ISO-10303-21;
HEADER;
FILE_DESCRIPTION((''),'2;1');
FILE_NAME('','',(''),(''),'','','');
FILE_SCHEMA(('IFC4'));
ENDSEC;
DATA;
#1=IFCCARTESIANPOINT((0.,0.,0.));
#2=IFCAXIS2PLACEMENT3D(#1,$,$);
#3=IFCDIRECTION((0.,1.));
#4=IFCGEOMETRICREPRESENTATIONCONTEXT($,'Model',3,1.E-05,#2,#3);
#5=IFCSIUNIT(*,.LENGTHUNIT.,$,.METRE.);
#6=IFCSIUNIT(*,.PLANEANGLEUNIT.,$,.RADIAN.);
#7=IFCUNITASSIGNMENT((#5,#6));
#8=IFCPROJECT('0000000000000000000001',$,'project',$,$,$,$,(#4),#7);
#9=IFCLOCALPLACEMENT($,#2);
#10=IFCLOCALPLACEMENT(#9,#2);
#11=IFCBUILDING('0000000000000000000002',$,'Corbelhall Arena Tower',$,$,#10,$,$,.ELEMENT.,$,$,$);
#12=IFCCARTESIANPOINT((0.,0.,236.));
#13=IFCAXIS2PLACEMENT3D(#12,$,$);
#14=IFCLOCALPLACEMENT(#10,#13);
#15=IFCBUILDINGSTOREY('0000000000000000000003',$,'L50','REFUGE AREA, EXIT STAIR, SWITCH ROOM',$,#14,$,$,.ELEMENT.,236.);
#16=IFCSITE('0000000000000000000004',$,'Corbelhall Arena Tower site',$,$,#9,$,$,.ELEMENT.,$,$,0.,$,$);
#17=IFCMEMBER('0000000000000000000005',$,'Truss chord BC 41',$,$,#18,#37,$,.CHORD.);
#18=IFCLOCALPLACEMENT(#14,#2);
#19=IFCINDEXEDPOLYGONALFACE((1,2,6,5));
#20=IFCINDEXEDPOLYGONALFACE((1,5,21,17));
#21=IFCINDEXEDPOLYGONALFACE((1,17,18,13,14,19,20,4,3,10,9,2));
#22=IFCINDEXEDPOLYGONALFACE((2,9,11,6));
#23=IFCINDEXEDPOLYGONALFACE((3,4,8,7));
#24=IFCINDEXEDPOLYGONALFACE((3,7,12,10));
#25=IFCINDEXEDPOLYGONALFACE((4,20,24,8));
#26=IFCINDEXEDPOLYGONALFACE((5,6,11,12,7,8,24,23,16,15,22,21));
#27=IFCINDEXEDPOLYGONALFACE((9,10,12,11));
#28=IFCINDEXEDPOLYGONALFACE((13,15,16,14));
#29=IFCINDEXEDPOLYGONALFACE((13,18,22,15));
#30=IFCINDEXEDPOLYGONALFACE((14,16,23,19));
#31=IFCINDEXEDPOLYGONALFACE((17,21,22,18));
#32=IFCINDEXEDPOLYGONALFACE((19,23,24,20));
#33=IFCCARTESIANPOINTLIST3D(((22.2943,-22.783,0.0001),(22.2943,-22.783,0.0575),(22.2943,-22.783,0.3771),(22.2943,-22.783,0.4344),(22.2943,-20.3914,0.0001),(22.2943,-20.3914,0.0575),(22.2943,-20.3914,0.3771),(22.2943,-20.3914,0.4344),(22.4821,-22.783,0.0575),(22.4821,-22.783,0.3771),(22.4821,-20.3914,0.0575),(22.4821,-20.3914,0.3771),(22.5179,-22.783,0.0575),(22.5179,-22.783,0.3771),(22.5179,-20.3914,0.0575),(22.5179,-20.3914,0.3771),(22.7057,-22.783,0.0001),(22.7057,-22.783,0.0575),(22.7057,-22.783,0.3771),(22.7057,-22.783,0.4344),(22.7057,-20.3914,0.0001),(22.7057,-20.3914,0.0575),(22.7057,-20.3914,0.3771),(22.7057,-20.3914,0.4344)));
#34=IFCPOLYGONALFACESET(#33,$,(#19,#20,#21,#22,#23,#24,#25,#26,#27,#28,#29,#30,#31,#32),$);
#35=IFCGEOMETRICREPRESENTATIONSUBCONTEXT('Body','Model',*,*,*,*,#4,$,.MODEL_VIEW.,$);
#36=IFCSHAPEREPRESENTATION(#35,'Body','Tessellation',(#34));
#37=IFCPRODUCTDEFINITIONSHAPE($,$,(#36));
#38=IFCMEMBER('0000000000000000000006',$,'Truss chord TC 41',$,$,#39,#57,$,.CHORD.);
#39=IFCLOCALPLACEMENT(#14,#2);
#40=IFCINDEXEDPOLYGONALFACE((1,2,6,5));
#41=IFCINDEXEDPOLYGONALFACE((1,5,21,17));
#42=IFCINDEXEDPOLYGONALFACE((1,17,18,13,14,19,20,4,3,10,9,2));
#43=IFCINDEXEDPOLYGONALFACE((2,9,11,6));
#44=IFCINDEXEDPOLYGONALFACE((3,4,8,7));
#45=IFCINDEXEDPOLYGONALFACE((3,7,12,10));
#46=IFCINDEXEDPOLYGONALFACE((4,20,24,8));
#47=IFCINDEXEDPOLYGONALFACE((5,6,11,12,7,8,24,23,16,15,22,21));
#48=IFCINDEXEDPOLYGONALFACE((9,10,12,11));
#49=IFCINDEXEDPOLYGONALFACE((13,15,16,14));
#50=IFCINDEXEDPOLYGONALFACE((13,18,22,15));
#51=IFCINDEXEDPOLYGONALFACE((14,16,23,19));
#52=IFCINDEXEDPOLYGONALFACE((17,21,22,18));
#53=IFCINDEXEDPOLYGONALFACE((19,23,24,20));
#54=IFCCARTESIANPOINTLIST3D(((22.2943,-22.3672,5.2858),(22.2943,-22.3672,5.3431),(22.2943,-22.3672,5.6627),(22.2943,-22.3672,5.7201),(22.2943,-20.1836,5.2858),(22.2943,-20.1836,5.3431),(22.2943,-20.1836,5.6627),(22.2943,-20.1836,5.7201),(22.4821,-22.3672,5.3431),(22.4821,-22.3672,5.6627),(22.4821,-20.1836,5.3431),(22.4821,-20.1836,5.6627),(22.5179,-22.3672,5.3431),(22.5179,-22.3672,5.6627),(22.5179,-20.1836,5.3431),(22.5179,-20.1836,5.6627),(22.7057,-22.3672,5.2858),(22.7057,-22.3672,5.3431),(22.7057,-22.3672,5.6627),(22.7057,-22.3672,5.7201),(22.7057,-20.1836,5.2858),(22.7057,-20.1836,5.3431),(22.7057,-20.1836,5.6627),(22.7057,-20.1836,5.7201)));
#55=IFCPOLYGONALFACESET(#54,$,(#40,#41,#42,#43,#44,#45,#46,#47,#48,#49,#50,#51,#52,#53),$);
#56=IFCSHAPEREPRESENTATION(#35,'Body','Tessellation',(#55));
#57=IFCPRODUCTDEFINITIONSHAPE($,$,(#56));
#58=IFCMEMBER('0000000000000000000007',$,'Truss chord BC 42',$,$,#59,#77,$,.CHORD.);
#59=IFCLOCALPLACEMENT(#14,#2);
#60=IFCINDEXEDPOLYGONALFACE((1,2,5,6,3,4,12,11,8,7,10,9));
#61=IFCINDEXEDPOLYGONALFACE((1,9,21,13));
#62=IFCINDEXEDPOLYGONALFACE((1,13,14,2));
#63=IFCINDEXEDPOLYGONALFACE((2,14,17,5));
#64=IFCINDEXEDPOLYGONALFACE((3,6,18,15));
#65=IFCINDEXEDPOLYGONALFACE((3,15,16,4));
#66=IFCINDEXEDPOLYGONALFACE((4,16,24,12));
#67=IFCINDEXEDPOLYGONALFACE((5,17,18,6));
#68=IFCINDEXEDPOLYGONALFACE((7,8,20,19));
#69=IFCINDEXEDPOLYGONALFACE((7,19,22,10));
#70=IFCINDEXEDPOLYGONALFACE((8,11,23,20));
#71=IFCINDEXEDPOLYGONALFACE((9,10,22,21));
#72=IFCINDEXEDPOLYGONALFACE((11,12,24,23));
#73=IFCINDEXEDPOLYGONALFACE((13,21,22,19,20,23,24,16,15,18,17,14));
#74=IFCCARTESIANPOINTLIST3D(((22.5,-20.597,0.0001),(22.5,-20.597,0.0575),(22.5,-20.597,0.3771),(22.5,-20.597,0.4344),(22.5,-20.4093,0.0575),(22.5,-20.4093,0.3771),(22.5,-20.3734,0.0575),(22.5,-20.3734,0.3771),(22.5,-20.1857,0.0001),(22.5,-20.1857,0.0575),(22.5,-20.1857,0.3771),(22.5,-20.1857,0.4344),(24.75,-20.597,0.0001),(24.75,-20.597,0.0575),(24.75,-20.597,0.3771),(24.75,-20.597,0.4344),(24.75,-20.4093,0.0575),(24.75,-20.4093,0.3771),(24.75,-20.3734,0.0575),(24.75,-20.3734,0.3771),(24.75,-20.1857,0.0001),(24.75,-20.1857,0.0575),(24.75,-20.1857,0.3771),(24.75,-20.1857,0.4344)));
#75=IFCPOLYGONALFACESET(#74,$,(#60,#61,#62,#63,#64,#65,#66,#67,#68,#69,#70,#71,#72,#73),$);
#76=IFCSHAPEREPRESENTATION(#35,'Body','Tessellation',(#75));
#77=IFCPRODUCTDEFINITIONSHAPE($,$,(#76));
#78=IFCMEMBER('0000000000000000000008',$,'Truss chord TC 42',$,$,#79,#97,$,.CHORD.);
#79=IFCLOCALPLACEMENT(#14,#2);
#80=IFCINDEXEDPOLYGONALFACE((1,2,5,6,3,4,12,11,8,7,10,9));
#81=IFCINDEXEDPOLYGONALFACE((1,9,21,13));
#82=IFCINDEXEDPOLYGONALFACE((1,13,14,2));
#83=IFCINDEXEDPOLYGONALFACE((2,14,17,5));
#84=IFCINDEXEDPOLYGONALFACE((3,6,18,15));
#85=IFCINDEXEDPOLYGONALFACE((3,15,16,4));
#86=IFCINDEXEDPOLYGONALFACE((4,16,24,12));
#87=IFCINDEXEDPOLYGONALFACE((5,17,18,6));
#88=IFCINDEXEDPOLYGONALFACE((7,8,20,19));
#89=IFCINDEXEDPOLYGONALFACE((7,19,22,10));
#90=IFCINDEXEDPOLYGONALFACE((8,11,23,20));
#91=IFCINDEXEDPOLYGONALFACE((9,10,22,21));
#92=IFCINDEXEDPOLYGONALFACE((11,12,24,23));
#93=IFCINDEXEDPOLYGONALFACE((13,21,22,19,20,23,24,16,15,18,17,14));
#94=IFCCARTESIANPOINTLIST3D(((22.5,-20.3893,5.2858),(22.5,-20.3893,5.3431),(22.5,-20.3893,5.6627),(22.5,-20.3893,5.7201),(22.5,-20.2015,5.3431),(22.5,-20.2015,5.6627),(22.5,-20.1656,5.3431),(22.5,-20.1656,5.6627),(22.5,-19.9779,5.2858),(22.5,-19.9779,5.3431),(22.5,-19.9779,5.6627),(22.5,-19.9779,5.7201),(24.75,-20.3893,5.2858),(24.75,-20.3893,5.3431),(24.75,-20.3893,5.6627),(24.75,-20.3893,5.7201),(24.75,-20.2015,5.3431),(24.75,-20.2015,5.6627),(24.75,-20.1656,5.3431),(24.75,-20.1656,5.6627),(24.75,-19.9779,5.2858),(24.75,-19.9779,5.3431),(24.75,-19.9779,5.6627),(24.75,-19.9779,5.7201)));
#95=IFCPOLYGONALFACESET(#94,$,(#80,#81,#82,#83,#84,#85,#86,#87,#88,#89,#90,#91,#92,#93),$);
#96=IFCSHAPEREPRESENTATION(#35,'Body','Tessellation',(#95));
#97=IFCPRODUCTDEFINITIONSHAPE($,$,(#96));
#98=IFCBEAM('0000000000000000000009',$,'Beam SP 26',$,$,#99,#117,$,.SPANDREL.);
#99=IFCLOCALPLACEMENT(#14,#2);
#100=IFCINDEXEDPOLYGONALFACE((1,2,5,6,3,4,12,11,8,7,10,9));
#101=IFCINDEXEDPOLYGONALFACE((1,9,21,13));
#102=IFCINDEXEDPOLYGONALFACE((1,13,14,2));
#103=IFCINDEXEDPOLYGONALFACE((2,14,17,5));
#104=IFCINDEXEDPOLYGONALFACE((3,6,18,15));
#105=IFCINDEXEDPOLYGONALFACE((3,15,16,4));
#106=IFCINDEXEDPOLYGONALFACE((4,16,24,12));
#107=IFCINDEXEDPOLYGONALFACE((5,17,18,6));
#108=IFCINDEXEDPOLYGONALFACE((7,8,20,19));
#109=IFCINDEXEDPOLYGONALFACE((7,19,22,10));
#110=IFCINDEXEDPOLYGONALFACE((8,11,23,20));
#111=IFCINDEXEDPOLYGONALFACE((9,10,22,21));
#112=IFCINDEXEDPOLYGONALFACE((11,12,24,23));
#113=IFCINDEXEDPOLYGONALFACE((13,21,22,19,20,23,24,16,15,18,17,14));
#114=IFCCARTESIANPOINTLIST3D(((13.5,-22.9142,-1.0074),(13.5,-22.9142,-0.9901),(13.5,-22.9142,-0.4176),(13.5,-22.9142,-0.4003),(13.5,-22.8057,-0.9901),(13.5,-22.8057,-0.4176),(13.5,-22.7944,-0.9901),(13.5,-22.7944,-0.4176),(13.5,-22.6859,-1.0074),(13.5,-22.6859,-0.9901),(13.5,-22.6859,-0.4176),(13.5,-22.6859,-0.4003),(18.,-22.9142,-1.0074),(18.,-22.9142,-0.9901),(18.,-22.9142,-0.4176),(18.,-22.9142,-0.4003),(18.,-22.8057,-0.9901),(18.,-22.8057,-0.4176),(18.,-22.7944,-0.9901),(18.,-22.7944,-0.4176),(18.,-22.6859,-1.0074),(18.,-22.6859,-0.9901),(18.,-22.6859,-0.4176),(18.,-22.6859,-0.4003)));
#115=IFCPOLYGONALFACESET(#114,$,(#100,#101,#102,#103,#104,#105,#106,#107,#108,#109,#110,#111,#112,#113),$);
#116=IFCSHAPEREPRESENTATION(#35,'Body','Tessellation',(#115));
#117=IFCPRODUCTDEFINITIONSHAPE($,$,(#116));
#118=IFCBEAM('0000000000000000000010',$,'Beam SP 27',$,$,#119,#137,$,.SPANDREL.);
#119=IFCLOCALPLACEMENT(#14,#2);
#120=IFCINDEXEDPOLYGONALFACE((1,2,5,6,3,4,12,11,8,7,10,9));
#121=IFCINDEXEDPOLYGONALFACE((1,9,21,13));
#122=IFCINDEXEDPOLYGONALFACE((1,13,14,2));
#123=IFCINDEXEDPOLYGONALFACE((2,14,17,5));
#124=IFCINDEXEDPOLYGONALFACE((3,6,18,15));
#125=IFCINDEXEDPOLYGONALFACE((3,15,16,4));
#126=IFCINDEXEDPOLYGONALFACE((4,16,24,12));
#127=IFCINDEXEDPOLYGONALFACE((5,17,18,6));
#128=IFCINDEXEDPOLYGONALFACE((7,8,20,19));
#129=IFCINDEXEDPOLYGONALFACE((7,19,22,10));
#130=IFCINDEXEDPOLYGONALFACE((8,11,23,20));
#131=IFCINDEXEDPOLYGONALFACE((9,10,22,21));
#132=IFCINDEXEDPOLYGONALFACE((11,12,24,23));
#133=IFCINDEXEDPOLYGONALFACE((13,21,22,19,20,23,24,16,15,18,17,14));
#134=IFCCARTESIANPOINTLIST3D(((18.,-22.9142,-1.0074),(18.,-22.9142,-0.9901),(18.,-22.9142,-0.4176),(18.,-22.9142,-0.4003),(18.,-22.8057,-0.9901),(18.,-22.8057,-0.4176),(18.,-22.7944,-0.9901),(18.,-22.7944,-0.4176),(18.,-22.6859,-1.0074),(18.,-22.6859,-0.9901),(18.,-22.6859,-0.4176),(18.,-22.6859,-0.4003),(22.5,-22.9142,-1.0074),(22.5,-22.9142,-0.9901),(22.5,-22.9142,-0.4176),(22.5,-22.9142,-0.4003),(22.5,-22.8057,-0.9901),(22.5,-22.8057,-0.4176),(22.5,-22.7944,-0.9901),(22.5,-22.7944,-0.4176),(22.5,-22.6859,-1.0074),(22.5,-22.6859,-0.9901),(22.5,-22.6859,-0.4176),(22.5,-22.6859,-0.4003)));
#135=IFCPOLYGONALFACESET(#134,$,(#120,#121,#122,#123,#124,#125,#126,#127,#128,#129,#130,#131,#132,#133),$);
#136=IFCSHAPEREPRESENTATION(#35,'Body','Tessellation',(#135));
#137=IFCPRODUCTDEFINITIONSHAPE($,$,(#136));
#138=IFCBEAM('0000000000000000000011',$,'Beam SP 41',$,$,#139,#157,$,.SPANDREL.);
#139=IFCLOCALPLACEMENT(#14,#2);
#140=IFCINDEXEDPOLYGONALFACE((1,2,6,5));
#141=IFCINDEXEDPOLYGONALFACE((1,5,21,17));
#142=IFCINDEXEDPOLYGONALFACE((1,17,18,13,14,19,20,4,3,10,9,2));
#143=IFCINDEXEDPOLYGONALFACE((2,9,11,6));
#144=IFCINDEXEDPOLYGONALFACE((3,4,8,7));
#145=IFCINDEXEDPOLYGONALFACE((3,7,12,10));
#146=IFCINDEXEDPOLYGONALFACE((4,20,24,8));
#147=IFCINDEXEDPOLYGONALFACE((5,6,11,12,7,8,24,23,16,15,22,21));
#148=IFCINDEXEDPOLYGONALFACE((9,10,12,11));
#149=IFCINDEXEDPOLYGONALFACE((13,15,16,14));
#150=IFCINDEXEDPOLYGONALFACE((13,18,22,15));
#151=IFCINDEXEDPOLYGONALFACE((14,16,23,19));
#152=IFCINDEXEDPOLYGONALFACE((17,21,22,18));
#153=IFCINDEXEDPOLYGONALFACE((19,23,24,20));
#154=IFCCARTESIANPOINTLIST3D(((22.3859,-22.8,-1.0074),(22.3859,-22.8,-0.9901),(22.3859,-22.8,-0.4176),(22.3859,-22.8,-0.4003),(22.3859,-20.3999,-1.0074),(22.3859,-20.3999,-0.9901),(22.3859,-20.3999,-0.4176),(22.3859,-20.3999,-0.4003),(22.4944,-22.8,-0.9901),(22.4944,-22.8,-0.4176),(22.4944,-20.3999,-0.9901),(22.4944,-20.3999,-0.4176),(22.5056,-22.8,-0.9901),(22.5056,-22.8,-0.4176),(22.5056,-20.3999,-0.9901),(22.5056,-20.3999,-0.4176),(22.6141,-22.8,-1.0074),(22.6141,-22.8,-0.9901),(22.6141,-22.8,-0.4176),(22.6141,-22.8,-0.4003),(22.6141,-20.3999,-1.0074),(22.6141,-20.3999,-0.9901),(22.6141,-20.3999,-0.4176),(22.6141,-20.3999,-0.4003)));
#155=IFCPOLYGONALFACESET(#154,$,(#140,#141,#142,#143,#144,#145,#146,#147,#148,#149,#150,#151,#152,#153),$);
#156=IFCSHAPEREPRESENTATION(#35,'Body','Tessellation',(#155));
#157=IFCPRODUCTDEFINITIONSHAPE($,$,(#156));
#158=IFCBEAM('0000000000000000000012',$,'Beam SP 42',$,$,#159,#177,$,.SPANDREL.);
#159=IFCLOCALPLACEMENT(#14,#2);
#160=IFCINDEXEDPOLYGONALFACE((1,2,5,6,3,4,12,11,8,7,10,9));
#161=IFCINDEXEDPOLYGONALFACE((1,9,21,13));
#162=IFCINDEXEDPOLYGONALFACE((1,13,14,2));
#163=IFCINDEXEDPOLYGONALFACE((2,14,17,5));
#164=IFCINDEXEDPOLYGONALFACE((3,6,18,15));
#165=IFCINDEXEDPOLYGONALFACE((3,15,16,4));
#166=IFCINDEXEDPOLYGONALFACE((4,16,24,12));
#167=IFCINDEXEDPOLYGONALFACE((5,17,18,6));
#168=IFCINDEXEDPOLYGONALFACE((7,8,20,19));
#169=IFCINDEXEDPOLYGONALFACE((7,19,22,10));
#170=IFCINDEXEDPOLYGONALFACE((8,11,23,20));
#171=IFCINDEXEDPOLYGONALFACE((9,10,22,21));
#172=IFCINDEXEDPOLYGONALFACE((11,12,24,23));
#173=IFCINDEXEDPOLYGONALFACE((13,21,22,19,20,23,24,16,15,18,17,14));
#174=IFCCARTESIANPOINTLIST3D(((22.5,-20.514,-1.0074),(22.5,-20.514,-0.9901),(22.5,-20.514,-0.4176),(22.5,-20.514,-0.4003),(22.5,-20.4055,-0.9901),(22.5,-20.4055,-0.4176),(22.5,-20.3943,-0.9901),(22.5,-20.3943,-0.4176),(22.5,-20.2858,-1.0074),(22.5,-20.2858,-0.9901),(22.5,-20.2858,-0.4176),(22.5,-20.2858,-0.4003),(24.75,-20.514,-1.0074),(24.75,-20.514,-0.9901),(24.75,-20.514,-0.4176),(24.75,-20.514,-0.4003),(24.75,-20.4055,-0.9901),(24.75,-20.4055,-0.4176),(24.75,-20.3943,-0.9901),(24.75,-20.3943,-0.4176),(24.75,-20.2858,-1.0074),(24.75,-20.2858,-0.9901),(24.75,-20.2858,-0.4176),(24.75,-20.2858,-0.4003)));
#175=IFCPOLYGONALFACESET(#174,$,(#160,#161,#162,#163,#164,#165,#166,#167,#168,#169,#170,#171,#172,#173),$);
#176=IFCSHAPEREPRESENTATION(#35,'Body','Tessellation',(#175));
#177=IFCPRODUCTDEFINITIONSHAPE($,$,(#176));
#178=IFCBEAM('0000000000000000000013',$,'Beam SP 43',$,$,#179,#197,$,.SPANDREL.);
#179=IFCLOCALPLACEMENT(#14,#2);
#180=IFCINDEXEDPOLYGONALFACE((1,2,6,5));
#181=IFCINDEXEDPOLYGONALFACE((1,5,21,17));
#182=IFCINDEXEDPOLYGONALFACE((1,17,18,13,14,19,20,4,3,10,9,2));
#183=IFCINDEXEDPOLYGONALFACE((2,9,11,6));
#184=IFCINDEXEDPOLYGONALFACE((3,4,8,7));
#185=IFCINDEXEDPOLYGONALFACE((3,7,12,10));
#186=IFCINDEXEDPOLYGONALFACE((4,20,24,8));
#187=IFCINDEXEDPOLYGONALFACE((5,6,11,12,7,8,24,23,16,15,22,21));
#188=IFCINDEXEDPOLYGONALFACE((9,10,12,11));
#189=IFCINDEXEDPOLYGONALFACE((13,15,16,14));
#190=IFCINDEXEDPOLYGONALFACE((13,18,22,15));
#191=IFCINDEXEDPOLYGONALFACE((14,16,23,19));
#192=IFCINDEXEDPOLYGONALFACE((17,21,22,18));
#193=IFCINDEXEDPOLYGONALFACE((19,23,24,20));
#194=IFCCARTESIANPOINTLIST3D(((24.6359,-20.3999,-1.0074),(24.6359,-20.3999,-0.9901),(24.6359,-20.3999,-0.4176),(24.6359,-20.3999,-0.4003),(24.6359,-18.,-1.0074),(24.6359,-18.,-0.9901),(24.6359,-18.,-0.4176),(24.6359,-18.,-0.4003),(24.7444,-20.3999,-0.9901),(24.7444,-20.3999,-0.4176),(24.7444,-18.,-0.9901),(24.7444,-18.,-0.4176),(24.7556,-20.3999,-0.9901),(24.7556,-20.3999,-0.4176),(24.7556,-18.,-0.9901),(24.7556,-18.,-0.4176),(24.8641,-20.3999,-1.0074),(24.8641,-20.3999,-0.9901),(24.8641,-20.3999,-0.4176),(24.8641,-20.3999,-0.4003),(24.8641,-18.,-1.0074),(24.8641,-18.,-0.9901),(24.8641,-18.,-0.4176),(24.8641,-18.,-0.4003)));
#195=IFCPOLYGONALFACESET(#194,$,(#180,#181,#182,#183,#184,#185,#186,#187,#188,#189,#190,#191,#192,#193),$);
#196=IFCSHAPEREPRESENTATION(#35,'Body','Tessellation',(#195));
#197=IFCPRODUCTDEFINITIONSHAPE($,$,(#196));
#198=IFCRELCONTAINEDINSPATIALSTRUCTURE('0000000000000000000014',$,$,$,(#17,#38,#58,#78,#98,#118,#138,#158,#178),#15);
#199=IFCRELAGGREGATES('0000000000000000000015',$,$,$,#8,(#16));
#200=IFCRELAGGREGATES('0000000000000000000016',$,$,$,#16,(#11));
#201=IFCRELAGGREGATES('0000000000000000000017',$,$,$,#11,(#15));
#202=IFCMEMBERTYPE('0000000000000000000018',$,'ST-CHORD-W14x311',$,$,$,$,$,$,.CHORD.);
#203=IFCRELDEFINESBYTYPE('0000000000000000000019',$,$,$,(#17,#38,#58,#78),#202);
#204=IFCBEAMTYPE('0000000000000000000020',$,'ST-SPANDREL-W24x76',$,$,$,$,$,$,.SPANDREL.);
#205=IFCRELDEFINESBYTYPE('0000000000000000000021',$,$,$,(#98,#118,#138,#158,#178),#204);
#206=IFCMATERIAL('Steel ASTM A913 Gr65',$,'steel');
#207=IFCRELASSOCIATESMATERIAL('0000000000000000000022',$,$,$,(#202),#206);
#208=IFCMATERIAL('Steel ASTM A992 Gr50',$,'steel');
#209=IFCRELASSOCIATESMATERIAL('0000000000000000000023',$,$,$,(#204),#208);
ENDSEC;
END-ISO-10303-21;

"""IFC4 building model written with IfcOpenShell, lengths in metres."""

from ifc_helpers import new_model, si_unit, direction, frame, origin, origin_2d, place, context, subcontext, project, spatial, i_section, extrude, material, material_profile, profile_set, type_object, element, save


model = new_model("IFC4")

# Units and contexts
model_context = context("Model", 3, precision=1e-05, world=origin(), true_north=direction((0.0, 1.0)))
body_context = subcontext(model_context, "Body", "Model", "MODEL_VIEW")
ifc_project = project(units=[si_unit("LENGTHUNIT", "METRE"), si_unit("PLANEANGLEUNIT", "RADIAN")], contexts=[model_context])

# Site, building, storey
site_placement = place(None, origin())
site = spatial("IfcSite", under=ifc_project, at=site_placement, Name="Corbelhall Arena Tower site", CompositionType="ELEMENT", RefElevation=0.0)
building_placement = place(site_placement, origin())
building = spatial("IfcBuilding", under=site, at=building_placement, Name="Corbelhall Arena Tower", CompositionType="ELEMENT")
storey_placement = place(building_placement, frame((0.0, 0.0, 236.0)))
storey = spatial("IfcBuildingStorey", under=building, at=storey_placement, Name="L50", Description="REFUGE AREA, EXIT STAIR, SWITCH ROOM", CompositionType="ELEMENT", Elevation=236.0)

# Members
ifc_material_1 = material(Name="Steel ASTM A913 Gr65", Category="steel")
ifc_material_profile_1 = material_profile(ifc_material_1, i_section(OverallWidth=0.4114, OverallDepth=0.4343, WebThickness=0.0359, FlangeThickness=0.0574, at=origin_2d()))
ifc_profile_set_1 = profile_set([ifc_material_profile_1], Name="Steel ASTM A913 Gr65")
member_type_1 = type_object("IfcMemberType", Name="ST-CHORD-W14x311", PredefinedType="CHORD", material=ifc_profile_set_1)
member_1_placement = place(storey_placement, frame((22.5, -20.3914, 0.2173), z_axis=(0.0, -1.0, 0.0), x_axis=(1.0, 0.0, 0.0)))
element("IfcMember", 1, at=member_1_placement, inside=storey, type_object=member_type_1, Name="Truss chord BC 41", PredefinedType="CHORD", context=body_context, shape_type="SweptSolid", body=[
    extrude(i_section(OverallWidth=0.4114, OverallDepth=0.4343, WebThickness=0.0359, FlangeThickness=0.0574, at=origin_2d()), origin(), (0.0, 0.0, 1.0), 2.3916),
])
member_2_placement = place(storey_placement, frame((22.5, -20.1836, 5.5029), z_axis=(0.0, -1.0, 0.0), x_axis=(1.0, 0.0, 0.0)))
element("IfcMember", 2, at=member_2_placement, inside=storey, type_object=member_type_1, Name="Truss chord TC 41", PredefinedType="CHORD", context=body_context, shape_type="SweptSolid", body=[
    extrude(i_section(OverallWidth=0.4114, OverallDepth=0.4343, WebThickness=0.0359, FlangeThickness=0.0574, at=origin_2d()), origin(), (0.0, 0.0, 1.0), 2.1836),
])
for number, where, z_axis, x_axis, name in (
    (3, (24.75, -20.3914, 0.2173), (-1.0, 0.0, 0.0), (0.0, -1.0, 0.0), "Truss chord BC 42"),
    (4, (24.75, -20.1836, 5.5029), (-1.0, 0.0, 0.0), (0.0, -1.0, 0.0), "Truss chord TC 42"),
):
    element("IfcMember", number, at=place(storey_placement, frame(where, z_axis=z_axis, x_axis=x_axis)), inside=storey, type_object=member_type_1, Name=name, PredefinedType="CHORD", context=body_context, shape_type="SweptSolid", body=[
        extrude(i_section(OverallWidth=0.4114, OverallDepth=0.4343, WebThickness=0.0359, FlangeThickness=0.0574, at=origin_2d()), origin(), (0.0, 0.0, 1.0), 2.25),
    ])

# Beams
ifc_material_2 = material(Name="Steel ASTM A992 Gr50", Category="steel")
ifc_material_profile_2 = material_profile(ifc_material_2, i_section(OverallWidth=0.2283, OverallDepth=0.6072, WebThickness=0.0112, FlangeThickness=0.0173, at=origin_2d()))
ifc_profile_set_2 = profile_set([ifc_material_profile_2], Name="Steel ASTM A992 Gr50")
beam_type = type_object("IfcBeamType", Name="ST-SPANDREL-W24x76", PredefinedType="SPANDREL", material=ifc_profile_set_2)
for number, where, z_axis, x_axis, name in (
    (5, (18.0, -22.8, -0.7039), (-1.0, 0.0, 0.0), (0.0, -1.0, 0.0), "Beam SP 26"),
    (6, (22.5, -22.8, -0.7039), (-1.0, 0.0, 0.0), (0.0, -1.0, 0.0), "Beam SP 27"),
):
    element("IfcBeam", number, at=place(storey_placement, frame(where, z_axis=z_axis, x_axis=x_axis)), inside=storey, type_object=beam_type, Name=name, PredefinedType="SPANDREL", context=body_context, shape_type="SweptSolid", body=[
        extrude(i_section(OverallWidth=0.2283, OverallDepth=0.6072, WebThickness=0.0112, FlangeThickness=0.0173, at=origin_2d()), origin(), (0.0, 0.0, 1.0), 4.5),
    ])
beam_1_placement = place(storey_placement, frame((22.5, -20.3999, -0.7039), z_axis=(0.0, -1.0, 0.0), x_axis=(1.0, 0.0, 0.0)))
element("IfcBeam", 7, at=beam_1_placement, inside=storey, type_object=beam_type, Name="Beam SP 41", PredefinedType="SPANDREL", context=body_context, shape_type="SweptSolid", body=[
    extrude(i_section(OverallWidth=0.2283, OverallDepth=0.6072, WebThickness=0.0112, FlangeThickness=0.0173, at=origin_2d()), origin(), (0.0, 0.0, 1.0), 2.4001),
])
beam_2_placement = place(storey_placement, frame((24.75, -20.3999, -0.7039), z_axis=(-1.0, 0.0, 0.0), x_axis=(0.0, -1.0, 0.0)))
element("IfcBeam", 8, at=beam_2_placement, inside=storey, type_object=beam_type, Name="Beam SP 42", PredefinedType="SPANDREL", context=body_context, shape_type="SweptSolid", body=[
    extrude(i_section(OverallWidth=0.2283, OverallDepth=0.6072, WebThickness=0.0112, FlangeThickness=0.0173, at=origin_2d()), origin(), (0.0, 0.0, 1.0), 2.25),
])
beam_3_placement = place(storey_placement, frame((24.75, -18.0, -0.7039), z_axis=(0.0, -1.0, 0.0), x_axis=(1.0, 0.0, 0.0)))
element("IfcBeam", 9, at=beam_3_placement, inside=storey, type_object=beam_type, Name="Beam SP 43", PredefinedType="SPANDREL", context=body_context, shape_type="SweptSolid", body=[
    extrude(i_section(OverallWidth=0.2283, OverallDepth=0.6072, WebThickness=0.0112, FlangeThickness=0.0173, at=origin_2d()), origin(), (0.0, 0.0, 1.0), 2.3999),
])

save(model, "model.ifc")
